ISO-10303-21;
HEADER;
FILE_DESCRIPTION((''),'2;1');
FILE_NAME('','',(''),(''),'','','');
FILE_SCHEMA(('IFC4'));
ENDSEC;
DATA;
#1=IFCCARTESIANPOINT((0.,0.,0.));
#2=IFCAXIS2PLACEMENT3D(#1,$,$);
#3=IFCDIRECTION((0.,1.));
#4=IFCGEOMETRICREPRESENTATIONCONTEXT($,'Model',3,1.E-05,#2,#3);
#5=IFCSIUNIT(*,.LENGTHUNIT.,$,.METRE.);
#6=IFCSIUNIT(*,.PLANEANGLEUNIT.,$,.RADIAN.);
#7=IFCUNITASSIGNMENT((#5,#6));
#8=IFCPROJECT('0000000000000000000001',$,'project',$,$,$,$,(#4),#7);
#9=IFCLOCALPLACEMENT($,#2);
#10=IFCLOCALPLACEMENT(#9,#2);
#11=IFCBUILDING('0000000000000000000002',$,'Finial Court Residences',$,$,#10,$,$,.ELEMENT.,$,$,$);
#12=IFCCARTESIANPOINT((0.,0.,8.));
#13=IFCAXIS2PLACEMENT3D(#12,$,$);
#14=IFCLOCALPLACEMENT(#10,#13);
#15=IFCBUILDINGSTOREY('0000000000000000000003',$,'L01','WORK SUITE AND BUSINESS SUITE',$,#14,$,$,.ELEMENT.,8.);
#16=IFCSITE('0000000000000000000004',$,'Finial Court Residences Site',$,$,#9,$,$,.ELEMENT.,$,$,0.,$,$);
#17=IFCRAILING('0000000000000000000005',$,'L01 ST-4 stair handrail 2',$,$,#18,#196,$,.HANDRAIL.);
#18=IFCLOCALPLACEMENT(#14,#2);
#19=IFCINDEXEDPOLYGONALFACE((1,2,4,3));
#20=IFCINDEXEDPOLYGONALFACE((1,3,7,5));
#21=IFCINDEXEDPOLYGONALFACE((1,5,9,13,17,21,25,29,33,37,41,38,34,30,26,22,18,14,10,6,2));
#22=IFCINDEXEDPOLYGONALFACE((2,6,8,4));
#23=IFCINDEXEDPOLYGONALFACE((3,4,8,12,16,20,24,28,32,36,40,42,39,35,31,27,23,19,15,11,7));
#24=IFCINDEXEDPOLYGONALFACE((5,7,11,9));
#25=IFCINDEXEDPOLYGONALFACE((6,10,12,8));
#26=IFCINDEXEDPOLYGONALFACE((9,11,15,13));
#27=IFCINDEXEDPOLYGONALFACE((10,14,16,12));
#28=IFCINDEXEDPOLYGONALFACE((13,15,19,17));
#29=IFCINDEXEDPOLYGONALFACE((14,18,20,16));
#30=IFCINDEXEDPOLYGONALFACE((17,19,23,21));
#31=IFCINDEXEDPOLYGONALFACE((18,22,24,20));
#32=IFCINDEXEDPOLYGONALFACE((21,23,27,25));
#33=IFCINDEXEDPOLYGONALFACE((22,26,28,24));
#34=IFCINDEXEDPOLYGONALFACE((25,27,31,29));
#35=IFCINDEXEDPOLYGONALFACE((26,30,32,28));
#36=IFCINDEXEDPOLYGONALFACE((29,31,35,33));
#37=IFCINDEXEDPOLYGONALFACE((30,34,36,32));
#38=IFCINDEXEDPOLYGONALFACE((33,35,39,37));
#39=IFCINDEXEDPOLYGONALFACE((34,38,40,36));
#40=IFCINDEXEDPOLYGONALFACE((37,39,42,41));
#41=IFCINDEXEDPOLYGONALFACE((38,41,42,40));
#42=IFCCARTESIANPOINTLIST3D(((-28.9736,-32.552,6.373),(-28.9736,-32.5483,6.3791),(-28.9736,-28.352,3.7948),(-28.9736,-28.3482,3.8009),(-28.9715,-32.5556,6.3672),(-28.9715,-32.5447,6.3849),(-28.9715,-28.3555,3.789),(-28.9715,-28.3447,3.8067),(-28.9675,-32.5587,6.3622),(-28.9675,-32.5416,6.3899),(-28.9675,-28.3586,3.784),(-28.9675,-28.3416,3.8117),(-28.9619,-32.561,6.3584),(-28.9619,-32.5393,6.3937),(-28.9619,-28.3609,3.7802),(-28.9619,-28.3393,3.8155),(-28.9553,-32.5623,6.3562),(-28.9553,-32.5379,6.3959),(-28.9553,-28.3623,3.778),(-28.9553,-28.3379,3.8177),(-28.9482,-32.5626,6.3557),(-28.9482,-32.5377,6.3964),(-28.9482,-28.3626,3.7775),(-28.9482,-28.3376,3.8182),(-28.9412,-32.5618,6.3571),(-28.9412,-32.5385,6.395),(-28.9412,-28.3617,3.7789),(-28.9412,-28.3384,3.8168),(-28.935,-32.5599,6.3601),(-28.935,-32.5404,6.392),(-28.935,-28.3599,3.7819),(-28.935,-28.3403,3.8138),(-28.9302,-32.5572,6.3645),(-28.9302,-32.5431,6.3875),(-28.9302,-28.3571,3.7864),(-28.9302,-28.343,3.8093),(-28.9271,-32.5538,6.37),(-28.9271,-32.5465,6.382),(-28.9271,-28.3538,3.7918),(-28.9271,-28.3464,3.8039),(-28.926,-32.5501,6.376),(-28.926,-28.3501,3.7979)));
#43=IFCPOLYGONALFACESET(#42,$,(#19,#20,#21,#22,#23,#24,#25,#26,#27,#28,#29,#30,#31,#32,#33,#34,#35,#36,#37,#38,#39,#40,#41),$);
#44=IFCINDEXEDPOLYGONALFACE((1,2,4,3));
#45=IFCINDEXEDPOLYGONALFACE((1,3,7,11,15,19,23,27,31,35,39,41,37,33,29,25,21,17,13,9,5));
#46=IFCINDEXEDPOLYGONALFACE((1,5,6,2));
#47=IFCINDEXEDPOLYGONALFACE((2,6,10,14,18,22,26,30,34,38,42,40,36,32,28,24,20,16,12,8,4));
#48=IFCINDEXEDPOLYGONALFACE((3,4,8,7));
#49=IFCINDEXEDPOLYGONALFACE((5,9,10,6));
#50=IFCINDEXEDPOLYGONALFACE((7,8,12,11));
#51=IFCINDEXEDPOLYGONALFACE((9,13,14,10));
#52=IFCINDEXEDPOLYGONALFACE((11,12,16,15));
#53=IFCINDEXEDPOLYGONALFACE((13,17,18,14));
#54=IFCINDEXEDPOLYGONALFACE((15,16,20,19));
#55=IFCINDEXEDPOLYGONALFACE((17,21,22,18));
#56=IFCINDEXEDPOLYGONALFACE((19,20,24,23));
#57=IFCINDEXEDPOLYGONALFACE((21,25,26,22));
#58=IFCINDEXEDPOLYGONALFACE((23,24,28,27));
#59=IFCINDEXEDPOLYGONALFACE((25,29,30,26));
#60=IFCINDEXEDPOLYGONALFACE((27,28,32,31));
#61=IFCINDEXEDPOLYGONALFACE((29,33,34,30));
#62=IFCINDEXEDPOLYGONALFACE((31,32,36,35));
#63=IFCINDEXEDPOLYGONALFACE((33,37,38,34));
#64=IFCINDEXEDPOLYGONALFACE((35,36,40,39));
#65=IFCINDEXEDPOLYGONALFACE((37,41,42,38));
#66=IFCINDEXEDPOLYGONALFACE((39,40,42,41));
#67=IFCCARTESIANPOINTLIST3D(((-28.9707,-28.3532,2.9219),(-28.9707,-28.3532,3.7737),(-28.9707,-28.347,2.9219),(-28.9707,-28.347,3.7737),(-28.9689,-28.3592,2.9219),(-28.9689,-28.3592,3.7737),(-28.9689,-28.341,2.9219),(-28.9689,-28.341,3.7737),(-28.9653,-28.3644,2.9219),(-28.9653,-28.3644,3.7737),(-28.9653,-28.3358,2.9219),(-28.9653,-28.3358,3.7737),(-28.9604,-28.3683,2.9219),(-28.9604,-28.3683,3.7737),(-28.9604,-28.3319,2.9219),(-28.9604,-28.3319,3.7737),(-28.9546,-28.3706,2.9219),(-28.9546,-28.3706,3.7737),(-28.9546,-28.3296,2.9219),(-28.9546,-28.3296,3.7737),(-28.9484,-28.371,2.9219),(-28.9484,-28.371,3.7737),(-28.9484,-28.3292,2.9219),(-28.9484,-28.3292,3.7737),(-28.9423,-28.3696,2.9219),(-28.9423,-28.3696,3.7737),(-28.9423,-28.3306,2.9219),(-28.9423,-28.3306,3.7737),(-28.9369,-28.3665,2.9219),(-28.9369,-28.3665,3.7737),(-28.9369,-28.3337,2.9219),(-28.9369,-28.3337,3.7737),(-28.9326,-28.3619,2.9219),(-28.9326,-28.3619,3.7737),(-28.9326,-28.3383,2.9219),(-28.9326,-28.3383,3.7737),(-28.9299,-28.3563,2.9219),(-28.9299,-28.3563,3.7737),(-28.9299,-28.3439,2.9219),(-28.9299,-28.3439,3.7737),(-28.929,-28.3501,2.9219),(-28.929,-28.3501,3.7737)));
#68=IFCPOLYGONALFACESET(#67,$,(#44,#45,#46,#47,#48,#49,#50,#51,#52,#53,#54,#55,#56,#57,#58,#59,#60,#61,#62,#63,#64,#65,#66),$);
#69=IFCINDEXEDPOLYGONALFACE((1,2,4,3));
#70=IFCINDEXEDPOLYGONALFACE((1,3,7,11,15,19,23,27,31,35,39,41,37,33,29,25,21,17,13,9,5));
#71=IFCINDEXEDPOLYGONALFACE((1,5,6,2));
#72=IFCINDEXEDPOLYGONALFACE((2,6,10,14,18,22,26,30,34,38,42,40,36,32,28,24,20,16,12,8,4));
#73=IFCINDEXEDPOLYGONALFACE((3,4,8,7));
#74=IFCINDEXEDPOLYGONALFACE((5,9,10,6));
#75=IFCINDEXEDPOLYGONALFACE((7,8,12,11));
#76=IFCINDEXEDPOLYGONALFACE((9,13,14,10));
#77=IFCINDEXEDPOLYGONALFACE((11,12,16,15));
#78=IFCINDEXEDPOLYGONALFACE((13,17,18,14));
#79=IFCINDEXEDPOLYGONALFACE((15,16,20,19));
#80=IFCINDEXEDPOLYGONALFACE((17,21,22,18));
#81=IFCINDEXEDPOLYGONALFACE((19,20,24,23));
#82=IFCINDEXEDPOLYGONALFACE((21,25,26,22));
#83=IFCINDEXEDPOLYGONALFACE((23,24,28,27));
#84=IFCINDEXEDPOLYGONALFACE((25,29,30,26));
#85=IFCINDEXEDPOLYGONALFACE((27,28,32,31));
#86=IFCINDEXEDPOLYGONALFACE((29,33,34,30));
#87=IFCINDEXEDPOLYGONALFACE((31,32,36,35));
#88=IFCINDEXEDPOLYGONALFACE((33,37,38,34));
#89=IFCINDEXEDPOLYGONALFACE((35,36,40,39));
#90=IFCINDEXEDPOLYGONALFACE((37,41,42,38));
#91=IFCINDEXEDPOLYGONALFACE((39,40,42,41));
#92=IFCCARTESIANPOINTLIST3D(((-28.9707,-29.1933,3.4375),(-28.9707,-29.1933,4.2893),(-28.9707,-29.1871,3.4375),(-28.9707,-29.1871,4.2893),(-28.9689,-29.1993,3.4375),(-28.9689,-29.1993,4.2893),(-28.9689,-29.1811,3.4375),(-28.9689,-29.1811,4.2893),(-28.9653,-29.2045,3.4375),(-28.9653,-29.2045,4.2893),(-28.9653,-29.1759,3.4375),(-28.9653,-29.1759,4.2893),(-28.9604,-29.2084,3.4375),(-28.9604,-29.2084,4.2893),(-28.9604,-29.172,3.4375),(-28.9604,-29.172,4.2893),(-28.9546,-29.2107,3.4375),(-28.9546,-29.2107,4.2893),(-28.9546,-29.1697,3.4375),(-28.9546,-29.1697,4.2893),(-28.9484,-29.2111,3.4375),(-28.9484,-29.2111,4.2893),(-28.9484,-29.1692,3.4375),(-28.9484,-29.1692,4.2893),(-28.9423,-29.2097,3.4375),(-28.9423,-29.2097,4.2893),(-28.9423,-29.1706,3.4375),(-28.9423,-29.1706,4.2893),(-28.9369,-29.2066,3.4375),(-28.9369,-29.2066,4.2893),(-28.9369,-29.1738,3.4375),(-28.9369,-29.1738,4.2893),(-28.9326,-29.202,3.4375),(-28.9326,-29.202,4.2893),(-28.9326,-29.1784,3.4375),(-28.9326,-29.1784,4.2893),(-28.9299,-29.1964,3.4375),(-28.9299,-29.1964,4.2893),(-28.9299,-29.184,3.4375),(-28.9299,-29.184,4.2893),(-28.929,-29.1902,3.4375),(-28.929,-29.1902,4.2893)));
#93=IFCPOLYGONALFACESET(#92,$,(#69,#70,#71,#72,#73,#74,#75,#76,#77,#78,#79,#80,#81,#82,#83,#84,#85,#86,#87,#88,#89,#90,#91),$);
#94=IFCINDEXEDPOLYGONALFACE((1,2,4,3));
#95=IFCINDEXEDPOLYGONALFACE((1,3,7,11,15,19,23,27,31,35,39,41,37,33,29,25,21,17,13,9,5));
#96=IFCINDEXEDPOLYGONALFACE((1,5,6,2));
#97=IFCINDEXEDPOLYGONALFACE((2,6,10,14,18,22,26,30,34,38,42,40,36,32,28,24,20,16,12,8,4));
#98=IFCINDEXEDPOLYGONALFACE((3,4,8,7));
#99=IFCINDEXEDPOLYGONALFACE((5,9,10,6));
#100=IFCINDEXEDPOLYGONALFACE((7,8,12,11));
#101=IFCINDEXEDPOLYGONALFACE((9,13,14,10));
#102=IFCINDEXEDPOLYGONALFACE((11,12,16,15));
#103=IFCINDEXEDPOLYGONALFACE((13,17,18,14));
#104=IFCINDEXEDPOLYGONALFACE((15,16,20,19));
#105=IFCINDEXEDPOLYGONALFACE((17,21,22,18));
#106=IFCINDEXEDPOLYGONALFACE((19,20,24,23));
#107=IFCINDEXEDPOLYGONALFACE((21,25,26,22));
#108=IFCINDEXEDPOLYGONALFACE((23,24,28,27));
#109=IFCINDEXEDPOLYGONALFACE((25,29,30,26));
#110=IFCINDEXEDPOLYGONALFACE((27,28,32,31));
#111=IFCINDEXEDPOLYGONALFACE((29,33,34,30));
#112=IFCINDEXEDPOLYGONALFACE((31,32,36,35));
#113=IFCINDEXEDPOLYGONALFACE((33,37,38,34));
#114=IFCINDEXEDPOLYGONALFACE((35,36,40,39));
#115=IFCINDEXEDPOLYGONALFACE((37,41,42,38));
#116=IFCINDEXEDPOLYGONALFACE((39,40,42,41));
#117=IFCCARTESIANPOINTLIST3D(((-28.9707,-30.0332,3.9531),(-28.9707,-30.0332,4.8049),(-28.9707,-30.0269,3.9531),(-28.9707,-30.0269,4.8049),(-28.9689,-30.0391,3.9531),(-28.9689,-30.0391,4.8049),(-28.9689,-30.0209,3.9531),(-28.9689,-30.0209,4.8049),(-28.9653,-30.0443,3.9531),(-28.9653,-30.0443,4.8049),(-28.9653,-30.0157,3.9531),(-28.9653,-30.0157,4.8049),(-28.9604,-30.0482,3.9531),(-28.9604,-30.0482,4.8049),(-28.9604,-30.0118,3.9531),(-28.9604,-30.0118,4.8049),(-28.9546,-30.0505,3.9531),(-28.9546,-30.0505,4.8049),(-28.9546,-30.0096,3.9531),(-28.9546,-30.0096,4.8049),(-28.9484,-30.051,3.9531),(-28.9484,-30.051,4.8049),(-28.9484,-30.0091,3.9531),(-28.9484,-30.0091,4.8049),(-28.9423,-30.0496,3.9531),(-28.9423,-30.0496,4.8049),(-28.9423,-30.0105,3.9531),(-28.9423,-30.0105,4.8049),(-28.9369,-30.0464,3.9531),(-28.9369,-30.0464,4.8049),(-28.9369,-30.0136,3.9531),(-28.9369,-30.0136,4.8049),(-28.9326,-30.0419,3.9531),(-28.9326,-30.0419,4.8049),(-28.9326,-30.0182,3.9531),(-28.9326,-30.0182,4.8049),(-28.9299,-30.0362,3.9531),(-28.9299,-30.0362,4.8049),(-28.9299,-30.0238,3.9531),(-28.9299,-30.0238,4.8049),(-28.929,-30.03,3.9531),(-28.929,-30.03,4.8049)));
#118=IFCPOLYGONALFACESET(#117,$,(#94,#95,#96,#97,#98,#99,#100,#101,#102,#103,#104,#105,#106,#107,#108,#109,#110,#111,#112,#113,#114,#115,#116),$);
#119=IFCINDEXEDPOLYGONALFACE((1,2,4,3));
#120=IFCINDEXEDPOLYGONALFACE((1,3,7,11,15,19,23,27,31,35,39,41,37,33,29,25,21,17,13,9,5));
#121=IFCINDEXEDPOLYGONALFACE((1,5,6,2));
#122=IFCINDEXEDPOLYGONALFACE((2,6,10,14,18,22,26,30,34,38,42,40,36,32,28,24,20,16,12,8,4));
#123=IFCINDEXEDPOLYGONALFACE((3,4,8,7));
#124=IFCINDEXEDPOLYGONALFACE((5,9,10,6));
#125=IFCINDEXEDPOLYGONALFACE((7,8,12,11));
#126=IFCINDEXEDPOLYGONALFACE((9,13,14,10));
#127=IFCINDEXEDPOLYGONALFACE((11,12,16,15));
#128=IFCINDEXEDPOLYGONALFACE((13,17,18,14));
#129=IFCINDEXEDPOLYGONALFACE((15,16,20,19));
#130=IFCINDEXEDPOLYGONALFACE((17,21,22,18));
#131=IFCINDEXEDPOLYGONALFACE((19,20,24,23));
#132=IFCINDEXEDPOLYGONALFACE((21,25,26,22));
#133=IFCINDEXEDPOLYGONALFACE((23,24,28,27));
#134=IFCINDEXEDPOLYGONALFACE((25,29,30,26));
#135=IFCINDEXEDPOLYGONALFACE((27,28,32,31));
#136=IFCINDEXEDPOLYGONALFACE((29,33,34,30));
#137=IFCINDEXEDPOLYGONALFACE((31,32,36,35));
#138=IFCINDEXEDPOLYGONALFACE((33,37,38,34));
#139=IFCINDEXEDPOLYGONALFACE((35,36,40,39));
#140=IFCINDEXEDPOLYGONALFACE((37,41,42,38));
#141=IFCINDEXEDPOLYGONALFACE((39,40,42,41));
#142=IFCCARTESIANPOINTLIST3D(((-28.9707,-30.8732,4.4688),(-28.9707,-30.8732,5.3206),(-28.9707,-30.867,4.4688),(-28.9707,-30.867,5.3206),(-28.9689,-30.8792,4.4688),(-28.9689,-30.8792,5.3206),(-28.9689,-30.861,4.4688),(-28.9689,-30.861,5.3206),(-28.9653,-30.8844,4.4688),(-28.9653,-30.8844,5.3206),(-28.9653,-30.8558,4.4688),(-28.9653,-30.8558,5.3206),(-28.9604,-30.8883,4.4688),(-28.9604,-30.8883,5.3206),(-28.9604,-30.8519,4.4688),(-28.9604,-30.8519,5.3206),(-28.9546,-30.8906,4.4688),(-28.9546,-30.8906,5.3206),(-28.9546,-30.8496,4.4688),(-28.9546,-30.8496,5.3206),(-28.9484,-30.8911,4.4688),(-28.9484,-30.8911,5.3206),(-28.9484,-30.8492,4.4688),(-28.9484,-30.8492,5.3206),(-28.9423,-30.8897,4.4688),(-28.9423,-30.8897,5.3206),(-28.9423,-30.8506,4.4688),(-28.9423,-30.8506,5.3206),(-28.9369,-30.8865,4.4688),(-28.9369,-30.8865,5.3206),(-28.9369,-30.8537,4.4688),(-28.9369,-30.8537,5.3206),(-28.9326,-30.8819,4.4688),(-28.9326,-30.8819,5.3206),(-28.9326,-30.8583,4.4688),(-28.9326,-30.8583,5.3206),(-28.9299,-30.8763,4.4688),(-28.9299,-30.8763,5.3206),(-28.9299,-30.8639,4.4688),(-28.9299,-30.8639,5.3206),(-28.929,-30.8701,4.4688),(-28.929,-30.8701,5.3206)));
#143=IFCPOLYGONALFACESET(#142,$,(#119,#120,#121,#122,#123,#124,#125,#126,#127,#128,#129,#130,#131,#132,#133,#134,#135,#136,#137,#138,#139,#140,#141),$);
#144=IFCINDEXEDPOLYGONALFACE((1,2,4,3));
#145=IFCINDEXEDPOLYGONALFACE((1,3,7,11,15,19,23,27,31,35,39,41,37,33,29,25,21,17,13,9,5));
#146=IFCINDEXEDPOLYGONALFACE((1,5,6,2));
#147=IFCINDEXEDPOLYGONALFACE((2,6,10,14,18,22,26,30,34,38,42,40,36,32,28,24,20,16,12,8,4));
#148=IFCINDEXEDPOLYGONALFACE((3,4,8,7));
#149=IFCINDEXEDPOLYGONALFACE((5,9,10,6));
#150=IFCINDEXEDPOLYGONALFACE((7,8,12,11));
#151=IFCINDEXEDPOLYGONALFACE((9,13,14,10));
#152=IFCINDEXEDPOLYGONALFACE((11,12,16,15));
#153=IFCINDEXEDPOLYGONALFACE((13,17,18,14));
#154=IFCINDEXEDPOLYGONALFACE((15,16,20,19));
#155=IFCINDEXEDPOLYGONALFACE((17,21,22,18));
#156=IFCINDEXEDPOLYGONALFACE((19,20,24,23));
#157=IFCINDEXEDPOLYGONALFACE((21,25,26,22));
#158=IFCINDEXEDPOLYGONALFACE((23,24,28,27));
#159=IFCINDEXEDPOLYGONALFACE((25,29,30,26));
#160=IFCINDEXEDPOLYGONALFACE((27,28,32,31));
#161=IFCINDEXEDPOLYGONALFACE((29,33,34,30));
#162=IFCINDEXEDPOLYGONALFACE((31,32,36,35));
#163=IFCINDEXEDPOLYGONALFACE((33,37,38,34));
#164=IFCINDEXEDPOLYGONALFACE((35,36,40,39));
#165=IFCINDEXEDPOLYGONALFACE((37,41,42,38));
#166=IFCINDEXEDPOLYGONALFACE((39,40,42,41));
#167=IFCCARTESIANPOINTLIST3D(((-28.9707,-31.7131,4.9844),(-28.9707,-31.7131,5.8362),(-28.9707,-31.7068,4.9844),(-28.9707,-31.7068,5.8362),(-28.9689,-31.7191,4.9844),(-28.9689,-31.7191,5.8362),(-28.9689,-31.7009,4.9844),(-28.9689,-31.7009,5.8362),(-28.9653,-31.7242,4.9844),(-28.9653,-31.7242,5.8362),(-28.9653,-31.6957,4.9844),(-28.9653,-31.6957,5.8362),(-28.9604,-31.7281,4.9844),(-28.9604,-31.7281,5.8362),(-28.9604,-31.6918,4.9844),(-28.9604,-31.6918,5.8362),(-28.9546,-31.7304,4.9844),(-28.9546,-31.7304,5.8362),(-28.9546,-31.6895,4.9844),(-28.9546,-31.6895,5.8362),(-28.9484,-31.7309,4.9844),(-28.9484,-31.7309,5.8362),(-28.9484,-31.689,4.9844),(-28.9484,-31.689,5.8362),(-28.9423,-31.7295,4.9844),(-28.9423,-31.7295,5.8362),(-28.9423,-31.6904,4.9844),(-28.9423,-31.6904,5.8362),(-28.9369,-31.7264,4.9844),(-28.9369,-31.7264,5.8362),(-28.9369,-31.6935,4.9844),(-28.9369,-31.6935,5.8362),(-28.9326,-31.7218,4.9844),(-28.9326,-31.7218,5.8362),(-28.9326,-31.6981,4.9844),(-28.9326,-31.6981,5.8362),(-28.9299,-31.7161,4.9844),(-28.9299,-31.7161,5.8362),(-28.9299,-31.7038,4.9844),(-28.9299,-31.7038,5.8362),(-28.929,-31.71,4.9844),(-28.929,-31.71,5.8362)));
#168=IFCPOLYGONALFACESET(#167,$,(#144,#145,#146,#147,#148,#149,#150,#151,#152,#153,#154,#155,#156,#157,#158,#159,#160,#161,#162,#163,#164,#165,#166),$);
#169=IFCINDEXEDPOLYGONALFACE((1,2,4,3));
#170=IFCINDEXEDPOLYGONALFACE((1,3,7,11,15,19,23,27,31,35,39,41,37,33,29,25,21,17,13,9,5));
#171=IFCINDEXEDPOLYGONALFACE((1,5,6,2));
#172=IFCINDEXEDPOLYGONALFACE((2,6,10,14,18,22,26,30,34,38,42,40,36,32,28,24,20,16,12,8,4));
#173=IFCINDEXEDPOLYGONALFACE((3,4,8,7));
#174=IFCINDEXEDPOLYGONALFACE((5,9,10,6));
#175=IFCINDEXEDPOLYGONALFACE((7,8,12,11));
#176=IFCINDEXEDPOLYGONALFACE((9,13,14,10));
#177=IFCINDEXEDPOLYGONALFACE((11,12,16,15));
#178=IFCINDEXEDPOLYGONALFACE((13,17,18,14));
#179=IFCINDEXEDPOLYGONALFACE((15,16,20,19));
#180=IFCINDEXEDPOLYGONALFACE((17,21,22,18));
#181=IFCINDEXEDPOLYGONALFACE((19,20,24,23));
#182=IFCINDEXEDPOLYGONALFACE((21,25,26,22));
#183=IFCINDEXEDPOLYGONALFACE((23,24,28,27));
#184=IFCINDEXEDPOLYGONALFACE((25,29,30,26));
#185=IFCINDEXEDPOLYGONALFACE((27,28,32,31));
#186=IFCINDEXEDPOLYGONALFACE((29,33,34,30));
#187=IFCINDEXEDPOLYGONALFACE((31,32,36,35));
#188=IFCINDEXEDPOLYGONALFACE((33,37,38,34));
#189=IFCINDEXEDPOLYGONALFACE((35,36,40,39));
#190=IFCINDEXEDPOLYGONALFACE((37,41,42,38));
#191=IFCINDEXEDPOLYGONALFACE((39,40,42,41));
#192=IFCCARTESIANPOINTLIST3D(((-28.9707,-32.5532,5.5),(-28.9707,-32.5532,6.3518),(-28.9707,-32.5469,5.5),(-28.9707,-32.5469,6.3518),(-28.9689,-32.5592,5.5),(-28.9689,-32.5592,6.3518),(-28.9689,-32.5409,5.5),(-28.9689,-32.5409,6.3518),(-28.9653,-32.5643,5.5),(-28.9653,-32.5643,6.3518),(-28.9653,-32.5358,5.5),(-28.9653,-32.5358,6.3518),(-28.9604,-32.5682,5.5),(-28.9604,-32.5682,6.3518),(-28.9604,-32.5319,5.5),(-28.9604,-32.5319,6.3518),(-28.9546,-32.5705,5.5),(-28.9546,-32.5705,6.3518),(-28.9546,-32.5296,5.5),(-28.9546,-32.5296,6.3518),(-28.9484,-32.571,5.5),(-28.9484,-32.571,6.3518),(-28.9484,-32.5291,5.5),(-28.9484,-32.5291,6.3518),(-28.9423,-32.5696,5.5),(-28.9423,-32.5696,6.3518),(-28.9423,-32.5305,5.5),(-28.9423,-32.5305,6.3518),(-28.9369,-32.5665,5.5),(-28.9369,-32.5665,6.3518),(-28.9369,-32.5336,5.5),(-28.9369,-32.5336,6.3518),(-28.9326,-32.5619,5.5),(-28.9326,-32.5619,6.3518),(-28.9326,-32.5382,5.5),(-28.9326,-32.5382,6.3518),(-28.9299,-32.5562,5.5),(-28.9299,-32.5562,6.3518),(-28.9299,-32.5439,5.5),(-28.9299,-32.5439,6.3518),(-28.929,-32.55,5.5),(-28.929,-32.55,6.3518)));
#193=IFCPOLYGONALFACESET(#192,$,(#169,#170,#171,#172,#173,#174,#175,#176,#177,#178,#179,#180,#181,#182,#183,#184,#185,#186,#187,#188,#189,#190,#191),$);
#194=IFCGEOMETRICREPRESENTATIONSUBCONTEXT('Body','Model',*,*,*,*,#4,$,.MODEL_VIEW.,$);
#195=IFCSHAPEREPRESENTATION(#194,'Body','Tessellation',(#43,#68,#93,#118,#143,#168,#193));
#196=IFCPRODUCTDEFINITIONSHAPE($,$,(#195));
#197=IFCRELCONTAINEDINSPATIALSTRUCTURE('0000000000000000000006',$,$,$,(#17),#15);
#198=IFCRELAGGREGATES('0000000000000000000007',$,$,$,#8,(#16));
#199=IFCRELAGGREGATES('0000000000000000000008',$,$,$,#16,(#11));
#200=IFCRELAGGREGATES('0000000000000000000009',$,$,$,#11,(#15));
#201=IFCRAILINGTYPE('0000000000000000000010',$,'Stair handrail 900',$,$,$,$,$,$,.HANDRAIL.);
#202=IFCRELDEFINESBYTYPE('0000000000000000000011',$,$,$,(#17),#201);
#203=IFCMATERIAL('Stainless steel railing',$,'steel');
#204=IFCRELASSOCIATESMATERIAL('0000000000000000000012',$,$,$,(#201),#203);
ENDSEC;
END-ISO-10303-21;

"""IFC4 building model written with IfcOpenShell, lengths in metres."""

from ifc_helpers import new_model, si_unit, direction, frame, origin, origin_2d, place, context, subcontext, project, spatial, circle, extrude, material, type_object, element, save


model = new_model("IFC4")

# Units and contexts
model_context = context("Model", 3, precision=1e-05, world=origin(), true_north=direction((0.0, 1.0)))
body_context = subcontext(model_context, "Body", "Model", "MODEL_VIEW")
ifc_project = project(units=[si_unit("LENGTHUNIT", "METRE"), si_unit("PLANEANGLEUNIT", "RADIAN")], contexts=[model_context])

# Site, building, storey
site_placement = place(None, origin())
site = spatial("IfcSite", under=ifc_project, at=site_placement, Name="Finial Court Residences Site", CompositionType="ELEMENT", RefElevation=0.0)
building_placement = place(site_placement, origin())
building = spatial("IfcBuilding", under=site, at=building_placement, Name="Finial Court Residences", CompositionType="ELEMENT")
storey_placement = place(building_placement, frame((0.0, 0.0, 8.0)))
storey = spatial("IfcBuildingStorey", under=building, at=storey_placement, Name="L01", Description="WORK SUITE AND BUSINESS SUITE", CompositionType="ELEMENT", Elevation=8.0)

# Railing
ifc_material_1 = material(Name="Stainless steel railing", Category="steel")
railing_type_1 = type_object("IfcRailingType", Name="Stair handrail 900", PredefinedType="HANDRAIL", material=ifc_material_1)
railing_1_placement = place(storey_placement, frame((-28.95, -28.3501, 2.9219)))
element("IfcRailing", 1, at=railing_1_placement, inside=storey, type_object=railing_type_1, Name="L01 ST-4 stair handrail 2", PredefinedType="HANDRAIL", context=body_context, shape_type="SweptSolid", body=[
    extrude(circle(Radius=0.0239, at=origin_2d()), frame((0.0, 0.0, 0.876), z_axis=(0.0, -0.852243, 0.523146), x_axis=(1.0, 0.0, 0.0)), (0.0, 0.0, 1.0), 4.9282),
    extrude(circle(Radius=0.021, at=origin_2d()), origin(), (0.0, 0.0, 1.0), 0.8518),
    extrude(circle(Radius=0.021, at=origin_2d()), frame((0.0, -0.8401, 0.5156)), (0.0, 0.0, 1.0), 0.8518),
    extrude(circle(Radius=0.021, at=origin_2d()), frame((0.0, -1.6799, 1.0312)), (0.0, 0.0, 1.0), 0.8518),
    extrude(circle(Radius=0.021, at=origin_2d()), frame((0.0, -2.52, 1.5469)), (0.0, 0.0, 1.0), 0.8518),
    extrude(circle(Radius=0.021, at=origin_2d()), frame((0.0, -3.3599, 2.0625)), (0.0, 0.0, 1.0), 0.8518),
    extrude(circle(Radius=0.021, at=origin_2d()), frame((0.0, -4.2, 2.5781)), (0.0, 0.0, 1.0), 0.8518),
])

save(model, "model.ifc")
